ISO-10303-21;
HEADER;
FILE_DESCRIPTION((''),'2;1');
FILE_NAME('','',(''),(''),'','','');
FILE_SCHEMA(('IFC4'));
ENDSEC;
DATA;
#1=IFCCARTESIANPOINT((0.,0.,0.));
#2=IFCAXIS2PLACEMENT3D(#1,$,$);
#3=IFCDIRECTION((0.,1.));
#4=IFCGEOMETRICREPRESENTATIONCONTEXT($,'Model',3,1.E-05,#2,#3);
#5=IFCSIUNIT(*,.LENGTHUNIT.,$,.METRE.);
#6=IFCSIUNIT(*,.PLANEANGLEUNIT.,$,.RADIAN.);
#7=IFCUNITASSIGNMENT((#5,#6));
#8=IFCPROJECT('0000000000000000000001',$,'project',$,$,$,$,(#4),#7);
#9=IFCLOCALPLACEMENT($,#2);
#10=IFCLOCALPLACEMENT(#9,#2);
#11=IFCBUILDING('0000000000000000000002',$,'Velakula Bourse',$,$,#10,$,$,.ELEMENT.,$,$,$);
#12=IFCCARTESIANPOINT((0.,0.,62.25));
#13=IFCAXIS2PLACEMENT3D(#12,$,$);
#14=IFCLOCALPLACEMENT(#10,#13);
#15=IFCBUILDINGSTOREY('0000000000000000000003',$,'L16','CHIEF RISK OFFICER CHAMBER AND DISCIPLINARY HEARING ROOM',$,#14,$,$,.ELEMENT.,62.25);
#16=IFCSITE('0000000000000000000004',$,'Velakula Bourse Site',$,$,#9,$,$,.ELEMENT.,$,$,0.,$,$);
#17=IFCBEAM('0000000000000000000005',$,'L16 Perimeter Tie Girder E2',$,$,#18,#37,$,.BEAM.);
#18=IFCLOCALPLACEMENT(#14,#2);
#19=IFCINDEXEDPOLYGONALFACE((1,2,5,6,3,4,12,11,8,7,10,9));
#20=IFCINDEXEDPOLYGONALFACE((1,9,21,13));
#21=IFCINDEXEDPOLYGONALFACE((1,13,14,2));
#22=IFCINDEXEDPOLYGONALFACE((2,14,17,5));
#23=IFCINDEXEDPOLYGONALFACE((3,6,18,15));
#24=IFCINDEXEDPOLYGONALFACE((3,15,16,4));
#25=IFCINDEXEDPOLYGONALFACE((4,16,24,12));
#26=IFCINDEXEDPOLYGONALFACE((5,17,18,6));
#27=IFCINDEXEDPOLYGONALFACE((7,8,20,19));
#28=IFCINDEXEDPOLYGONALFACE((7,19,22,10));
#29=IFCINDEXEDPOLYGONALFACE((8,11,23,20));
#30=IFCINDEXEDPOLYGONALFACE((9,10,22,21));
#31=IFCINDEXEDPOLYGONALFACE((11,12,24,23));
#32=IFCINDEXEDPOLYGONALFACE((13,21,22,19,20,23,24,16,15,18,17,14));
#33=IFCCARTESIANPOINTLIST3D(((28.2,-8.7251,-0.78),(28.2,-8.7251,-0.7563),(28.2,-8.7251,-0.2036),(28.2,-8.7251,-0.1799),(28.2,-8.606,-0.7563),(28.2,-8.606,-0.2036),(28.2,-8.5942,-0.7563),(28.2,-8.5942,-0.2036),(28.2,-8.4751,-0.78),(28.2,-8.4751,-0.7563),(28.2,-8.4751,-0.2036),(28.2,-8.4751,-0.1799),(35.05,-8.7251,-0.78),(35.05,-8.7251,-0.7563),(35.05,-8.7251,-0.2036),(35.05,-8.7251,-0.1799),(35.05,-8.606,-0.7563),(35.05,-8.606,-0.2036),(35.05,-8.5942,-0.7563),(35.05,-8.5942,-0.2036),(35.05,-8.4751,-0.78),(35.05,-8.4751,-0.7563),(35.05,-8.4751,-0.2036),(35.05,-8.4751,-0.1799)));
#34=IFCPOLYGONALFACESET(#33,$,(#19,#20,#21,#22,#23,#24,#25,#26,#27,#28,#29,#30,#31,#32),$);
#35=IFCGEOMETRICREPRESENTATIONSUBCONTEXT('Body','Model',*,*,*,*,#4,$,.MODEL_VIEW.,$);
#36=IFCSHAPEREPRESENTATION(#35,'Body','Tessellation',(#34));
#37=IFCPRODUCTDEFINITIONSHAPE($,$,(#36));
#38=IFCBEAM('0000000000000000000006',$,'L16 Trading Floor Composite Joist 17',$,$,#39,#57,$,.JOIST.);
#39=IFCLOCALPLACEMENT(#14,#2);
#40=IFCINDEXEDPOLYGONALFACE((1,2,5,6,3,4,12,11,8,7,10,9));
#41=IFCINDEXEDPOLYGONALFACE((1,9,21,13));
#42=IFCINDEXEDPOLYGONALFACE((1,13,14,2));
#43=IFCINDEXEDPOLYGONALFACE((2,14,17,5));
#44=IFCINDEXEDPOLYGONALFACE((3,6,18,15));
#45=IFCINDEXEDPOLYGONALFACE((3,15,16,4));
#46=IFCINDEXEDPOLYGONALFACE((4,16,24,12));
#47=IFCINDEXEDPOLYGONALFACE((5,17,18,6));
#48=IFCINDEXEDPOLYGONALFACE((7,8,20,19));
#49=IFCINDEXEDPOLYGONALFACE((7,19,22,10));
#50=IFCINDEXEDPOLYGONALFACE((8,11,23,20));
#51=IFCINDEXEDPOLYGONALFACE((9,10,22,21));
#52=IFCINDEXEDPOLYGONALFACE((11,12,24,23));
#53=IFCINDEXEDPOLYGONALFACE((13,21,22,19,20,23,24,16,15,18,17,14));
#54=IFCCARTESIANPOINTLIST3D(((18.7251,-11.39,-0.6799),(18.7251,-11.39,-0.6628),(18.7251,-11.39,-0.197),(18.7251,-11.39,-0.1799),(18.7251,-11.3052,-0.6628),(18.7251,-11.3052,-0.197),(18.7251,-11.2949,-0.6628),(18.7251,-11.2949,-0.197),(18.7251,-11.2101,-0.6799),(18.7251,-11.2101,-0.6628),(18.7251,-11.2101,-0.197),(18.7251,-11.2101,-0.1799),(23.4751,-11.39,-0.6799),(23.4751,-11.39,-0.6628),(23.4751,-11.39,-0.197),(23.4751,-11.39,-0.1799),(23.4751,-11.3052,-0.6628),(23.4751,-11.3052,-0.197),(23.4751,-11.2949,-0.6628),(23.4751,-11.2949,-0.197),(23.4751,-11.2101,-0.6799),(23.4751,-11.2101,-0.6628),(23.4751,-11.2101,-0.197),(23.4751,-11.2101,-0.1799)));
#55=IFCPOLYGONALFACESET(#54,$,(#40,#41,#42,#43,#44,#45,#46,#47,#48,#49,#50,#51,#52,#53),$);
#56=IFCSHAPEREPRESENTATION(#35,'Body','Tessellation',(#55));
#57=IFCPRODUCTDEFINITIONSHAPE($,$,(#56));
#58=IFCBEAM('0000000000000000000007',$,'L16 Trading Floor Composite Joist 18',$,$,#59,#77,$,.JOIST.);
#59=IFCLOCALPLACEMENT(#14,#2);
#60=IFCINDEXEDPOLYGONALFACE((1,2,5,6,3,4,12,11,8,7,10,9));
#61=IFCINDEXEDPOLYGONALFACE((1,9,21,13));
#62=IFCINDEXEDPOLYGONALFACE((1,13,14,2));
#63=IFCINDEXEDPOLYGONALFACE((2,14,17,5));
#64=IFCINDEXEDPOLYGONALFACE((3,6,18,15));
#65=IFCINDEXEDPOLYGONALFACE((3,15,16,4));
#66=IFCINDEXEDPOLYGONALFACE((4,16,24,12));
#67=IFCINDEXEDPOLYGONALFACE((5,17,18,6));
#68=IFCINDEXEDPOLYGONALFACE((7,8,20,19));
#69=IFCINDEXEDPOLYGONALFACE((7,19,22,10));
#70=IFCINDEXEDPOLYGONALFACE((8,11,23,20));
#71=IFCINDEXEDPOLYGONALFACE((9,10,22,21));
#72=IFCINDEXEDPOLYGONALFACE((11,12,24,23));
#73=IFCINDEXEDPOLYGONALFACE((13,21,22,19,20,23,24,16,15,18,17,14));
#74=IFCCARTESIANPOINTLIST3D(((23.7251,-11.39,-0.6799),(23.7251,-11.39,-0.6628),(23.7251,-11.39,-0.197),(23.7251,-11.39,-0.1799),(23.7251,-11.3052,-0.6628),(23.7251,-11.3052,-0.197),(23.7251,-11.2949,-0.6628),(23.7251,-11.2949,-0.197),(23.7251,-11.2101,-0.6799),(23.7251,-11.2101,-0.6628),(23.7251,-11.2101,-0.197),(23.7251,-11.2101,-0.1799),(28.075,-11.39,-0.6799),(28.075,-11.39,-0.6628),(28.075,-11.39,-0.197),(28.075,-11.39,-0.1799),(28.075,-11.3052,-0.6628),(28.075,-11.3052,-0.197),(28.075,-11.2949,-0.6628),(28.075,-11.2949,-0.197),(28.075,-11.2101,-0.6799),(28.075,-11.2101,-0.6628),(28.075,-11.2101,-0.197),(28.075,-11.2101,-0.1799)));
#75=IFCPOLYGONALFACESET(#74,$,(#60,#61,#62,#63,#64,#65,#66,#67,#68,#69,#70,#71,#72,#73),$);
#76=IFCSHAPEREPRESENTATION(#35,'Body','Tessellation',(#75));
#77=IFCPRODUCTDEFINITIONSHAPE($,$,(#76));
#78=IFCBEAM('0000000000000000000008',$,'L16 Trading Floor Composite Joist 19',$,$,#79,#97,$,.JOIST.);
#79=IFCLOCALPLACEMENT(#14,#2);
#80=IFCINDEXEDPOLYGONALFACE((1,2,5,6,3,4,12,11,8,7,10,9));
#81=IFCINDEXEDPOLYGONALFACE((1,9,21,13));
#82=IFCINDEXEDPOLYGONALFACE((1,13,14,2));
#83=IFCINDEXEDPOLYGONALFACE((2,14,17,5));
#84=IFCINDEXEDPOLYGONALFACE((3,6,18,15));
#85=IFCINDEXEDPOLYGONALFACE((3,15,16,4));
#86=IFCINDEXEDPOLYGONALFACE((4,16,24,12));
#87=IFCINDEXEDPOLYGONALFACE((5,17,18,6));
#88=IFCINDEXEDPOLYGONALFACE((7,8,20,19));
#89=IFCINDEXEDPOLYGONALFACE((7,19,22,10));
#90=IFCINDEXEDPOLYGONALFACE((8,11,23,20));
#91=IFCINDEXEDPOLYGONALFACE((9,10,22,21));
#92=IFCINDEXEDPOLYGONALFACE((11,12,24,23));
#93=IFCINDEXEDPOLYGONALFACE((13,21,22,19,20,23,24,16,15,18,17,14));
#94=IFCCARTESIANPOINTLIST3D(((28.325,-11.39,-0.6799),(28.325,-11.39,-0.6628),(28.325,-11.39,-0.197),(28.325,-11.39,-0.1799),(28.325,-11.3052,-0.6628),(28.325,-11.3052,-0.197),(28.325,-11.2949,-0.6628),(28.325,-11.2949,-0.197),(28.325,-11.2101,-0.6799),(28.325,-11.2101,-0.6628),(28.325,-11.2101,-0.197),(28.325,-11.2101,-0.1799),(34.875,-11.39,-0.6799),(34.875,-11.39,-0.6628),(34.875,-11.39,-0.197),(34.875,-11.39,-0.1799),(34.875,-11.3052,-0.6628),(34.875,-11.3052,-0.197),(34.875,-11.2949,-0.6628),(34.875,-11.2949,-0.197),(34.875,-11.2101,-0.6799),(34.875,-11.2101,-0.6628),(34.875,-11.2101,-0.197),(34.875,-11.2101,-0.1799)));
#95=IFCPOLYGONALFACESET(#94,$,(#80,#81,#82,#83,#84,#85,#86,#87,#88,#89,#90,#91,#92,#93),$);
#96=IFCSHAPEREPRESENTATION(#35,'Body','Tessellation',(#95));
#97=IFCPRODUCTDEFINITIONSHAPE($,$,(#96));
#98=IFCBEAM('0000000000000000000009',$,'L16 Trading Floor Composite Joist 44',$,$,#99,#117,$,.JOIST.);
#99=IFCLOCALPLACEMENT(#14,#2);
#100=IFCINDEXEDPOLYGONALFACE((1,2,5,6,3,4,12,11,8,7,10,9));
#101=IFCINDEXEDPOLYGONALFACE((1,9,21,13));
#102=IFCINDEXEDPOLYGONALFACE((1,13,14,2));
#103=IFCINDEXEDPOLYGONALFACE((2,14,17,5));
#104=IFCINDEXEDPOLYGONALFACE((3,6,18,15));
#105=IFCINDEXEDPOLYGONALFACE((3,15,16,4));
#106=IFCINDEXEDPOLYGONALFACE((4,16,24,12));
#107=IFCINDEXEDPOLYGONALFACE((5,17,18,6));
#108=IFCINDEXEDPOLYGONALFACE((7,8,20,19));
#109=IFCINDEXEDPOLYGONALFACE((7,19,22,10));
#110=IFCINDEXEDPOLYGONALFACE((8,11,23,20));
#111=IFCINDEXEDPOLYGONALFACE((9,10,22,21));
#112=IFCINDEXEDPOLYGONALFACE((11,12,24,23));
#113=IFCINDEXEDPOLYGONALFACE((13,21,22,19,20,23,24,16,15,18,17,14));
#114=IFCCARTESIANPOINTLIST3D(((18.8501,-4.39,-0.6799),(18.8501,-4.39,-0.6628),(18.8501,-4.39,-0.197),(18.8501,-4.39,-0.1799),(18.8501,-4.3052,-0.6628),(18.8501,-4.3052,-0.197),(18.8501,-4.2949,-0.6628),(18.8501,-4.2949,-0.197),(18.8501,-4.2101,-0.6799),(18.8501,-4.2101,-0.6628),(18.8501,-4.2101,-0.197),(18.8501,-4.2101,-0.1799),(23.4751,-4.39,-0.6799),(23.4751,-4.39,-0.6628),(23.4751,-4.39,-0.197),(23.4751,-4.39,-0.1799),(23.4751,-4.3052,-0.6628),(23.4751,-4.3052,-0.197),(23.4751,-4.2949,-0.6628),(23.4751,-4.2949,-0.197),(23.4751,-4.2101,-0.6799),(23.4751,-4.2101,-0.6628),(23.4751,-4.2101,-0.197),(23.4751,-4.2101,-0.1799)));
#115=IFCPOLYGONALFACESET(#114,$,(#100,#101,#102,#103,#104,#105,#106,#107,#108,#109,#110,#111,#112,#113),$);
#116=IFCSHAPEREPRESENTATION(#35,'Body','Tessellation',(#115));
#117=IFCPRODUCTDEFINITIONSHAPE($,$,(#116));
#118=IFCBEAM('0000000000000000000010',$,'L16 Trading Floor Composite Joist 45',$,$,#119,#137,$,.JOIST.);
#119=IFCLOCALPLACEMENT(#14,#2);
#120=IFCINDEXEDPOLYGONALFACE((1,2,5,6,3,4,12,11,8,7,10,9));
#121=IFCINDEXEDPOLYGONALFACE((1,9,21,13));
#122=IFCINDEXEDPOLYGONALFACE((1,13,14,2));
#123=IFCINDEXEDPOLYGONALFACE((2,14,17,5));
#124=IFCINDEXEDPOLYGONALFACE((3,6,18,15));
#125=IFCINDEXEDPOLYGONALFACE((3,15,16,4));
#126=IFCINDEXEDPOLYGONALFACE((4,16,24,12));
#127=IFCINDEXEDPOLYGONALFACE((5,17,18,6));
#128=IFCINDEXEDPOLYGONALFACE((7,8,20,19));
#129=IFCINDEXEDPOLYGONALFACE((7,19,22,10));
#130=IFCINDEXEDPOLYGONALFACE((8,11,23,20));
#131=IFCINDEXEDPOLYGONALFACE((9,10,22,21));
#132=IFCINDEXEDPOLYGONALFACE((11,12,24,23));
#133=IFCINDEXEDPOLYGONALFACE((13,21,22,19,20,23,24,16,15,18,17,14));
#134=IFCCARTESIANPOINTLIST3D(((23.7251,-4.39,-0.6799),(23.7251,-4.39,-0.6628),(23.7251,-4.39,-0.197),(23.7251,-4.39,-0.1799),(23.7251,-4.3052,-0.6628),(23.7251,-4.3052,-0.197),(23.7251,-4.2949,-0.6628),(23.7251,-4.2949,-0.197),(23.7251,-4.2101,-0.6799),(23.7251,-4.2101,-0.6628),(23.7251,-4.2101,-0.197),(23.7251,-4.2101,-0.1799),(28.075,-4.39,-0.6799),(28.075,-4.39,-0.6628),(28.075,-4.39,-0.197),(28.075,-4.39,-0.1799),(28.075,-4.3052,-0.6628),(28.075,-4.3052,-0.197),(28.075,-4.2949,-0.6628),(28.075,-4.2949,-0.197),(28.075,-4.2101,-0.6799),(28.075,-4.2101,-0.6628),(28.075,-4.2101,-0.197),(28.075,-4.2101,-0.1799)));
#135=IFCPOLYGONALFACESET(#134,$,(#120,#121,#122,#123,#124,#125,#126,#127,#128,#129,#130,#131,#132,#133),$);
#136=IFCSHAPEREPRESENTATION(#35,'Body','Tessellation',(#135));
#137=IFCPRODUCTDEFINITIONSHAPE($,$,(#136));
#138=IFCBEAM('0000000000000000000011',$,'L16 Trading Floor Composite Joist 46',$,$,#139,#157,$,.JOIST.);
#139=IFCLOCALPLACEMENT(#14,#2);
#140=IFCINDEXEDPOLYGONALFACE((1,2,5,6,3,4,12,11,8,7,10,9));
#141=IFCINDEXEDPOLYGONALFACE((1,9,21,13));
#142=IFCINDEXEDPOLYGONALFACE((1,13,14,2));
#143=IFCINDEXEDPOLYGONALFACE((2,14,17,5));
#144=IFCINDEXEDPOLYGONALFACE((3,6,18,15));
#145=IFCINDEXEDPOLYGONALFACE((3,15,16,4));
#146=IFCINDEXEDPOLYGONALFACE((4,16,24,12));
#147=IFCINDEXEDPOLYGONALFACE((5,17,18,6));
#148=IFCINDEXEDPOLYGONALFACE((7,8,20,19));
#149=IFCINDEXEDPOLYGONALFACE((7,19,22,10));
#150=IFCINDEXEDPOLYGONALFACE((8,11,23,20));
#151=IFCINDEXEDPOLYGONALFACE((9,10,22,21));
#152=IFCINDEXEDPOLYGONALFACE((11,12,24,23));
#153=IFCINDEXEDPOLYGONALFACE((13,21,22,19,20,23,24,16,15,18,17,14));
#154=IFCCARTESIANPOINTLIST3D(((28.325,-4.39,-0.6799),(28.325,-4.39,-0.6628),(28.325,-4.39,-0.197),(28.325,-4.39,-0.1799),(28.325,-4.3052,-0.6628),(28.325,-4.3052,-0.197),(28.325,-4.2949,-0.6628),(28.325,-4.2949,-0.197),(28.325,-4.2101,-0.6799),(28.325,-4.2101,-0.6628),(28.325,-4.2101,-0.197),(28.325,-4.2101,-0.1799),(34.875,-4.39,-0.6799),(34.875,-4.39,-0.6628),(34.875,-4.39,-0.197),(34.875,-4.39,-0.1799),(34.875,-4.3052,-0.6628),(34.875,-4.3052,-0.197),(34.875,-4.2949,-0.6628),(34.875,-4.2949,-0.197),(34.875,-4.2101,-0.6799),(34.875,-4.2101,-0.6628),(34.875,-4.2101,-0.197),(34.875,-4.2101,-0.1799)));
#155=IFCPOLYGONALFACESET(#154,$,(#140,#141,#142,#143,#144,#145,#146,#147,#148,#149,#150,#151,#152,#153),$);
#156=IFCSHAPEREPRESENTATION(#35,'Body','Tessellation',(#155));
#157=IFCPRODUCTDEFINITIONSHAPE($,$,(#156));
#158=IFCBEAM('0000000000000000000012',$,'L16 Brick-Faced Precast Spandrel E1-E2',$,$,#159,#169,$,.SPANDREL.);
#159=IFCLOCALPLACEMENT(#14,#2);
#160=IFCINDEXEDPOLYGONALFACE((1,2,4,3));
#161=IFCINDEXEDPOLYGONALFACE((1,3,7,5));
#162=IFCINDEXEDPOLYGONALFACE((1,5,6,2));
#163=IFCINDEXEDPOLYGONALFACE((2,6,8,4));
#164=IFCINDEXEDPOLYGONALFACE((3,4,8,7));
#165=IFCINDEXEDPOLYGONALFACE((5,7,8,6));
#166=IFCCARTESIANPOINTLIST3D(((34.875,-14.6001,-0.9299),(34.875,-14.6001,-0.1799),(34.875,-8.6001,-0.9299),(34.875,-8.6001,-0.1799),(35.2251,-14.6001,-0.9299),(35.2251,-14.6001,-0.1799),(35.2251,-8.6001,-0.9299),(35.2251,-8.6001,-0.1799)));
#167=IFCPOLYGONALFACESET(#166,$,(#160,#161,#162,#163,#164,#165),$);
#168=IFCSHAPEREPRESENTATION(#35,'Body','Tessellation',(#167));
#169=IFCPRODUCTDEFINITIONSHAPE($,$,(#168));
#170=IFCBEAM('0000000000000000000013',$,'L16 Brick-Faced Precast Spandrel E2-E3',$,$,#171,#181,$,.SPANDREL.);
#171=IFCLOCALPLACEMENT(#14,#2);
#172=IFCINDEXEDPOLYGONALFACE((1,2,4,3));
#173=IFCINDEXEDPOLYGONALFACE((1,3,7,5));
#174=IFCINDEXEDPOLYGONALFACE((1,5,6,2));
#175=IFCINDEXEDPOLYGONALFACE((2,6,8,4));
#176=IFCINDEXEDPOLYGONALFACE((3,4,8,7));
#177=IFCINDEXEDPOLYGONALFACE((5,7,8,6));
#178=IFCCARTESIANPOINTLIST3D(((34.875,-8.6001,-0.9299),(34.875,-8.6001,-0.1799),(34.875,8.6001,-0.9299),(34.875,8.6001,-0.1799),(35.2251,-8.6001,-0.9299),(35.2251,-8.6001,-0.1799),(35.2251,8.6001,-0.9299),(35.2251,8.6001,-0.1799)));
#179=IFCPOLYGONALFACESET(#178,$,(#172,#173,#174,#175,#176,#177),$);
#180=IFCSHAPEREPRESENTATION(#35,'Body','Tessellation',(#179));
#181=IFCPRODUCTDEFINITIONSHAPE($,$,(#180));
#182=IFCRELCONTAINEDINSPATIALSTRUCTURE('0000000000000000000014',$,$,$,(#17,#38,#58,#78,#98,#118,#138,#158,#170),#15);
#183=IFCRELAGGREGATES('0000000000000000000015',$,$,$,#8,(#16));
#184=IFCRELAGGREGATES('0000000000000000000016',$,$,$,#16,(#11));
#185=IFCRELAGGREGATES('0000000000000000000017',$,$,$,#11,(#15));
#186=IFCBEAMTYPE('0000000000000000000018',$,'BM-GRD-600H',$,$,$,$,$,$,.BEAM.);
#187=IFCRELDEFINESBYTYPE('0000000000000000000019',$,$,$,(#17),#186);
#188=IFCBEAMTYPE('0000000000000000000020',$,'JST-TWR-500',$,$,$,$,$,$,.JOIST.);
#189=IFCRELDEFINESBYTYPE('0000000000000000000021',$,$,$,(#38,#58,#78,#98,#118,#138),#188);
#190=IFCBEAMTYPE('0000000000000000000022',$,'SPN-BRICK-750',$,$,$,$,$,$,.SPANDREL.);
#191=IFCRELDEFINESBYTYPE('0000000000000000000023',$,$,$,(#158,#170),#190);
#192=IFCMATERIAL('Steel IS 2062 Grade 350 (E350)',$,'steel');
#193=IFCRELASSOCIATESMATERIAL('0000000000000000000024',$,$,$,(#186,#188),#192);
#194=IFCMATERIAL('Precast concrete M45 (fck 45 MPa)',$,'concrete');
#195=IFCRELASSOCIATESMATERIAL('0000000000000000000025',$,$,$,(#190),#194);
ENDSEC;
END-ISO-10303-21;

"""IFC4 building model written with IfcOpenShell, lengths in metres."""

from ifc_helpers import new_model, si_unit, direction, frame, origin, origin_2d, place, context, subcontext, project, spatial, rectangle, i_section, extrude, material, material_profile, profile_set, type_object, element, save


model = new_model("IFC4")

# Units and contexts
model_context = context("Model", 3, precision=1e-05, world=origin(), true_north=direction((0.0, 1.0)))
body_context = subcontext(model_context, "Body", "Model", "MODEL_VIEW")
ifc_project = project(units=[si_unit("LENGTHUNIT", "METRE"), si_unit("PLANEANGLEUNIT", "RADIAN")], contexts=[model_context])

# Site, building, storey
site_placement = place(None, origin())
site = spatial("IfcSite", under=ifc_project, at=site_placement, Name="Velakula Bourse Site", CompositionType="ELEMENT", RefElevation=0.0)
building_placement = place(site_placement, origin())
building = spatial("IfcBuilding", under=site, at=building_placement, Name="Velakula Bourse", CompositionType="ELEMENT")
storey_placement = place(building_placement, frame((0.0, 0.0, 62.25)))
storey = spatial("IfcBuildingStorey", under=building, at=storey_placement, Name="L16", Description="CHIEF RISK OFFICER CHAMBER AND DISCIPLINARY HEARING ROOM", CompositionType="ELEMENT", Elevation=62.25)

# Beams
ifc_material_1 = material(Name="Steel IS 2062 Grade 350 (E350)", Category="steel")
ifc_material_profile_1 = material_profile(ifc_material_1, i_section(OverallWidth=0.25, OverallDepth=0.6001, WebThickness=0.0117, FlangeThickness=0.0237, at=origin_2d()), Name="Steel IS 2062 Grade 350 (E350)")
ifc_profile_set_1 = profile_set([ifc_material_profile_1], Name="Steel IS 2062 Grade 350 (E350)")
beam_type_1 = type_object("IfcBeamType", Name="BM-GRD-600H", PredefinedType="BEAM", material=ifc_profile_set_1)
beam_1_placement = place(storey_placement, frame((28.2, -8.6001, -0.48), z_axis=(1.0, 0.0, 0.0), x_axis=(0.0, 1.0, 0.0)))
element("IfcBeam", 1, at=beam_1_placement, inside=storey, type_object=beam_type_1, Name="L16 Perimeter Tie Girder E2", PredefinedType="BEAM", context=body_context, shape_type="SweptSolid", body=[
    extrude(i_section(OverallWidth=0.25, OverallDepth=0.6001, WebThickness=0.0117, FlangeThickness=0.0237, at=origin_2d()), origin(), (0.0, 0.0, 1.0), 6.8501),
])
ifc_material_profile_2 = material_profile(ifc_material_1, i_section(OverallWidth=0.1799, OverallDepth=0.5, WebThickness=0.0103, FlangeThickness=0.0171, at=origin_2d()), Name="Steel IS 2062 Grade 350 (E350)")
ifc_profile_set_2 = profile_set([ifc_material_profile_2], Name="Steel IS 2062 Grade 350 (E350)")
beam_type_2 = type_object("IfcBeamType", Name="JST-TWR-500", PredefinedType="JOIST", material=ifc_profile_set_2)
beam_2_placement = place(storey_placement, frame((18.7251, -11.3, -0.4299), z_axis=(1.0, 0.0, 0.0), x_axis=(0.0, 1.0, 0.0)))
element("IfcBeam", 2, at=beam_2_placement, inside=storey, type_object=beam_type_2, Name="L16 Trading Floor Composite Joist 17", PredefinedType="JOIST", context=body_context, shape_type="SweptSolid", body=[
    extrude(i_section(OverallWidth=0.1799, OverallDepth=0.5, WebThickness=0.0103, FlangeThickness=0.0171, at=origin_2d()), origin(), (0.0, 0.0, 1.0), 4.75),
])
beam_3_placement = place(storey_placement, frame((23.7251, -11.3, -0.4299), z_axis=(1.0, 0.0, 0.0), x_axis=(0.0, 1.0, 0.0)))
element("IfcBeam", 3, at=beam_3_placement, inside=storey, type_object=beam_type_2, Name="L16 Trading Floor Composite Joist 18", PredefinedType="JOIST", context=body_context, shape_type="SweptSolid", body=[
    extrude(i_section(OverallWidth=0.1799, OverallDepth=0.5, WebThickness=0.0103, FlangeThickness=0.0171, at=origin_2d()), origin(), (0.0, 0.0, 1.0), 4.3499),
])
beam_4_placement = place(storey_placement, frame((28.325, -11.3, -0.4299), z_axis=(1.0, 0.0, 0.0), x_axis=(0.0, 1.0, 0.0)))
element("IfcBeam", 4, at=beam_4_placement, inside=storey, type_object=beam_type_2, Name="L16 Trading Floor Composite Joist 19", PredefinedType="JOIST", context=body_context, shape_type="SweptSolid", body=[
    extrude(i_section(OverallWidth=0.1799, OverallDepth=0.5, WebThickness=0.0103, FlangeThickness=0.0171, at=origin_2d()), origin(), (0.0, 0.0, 1.0), 6.55),
])
beam_5_placement = place(storey_placement, frame((18.8501, -4.3, -0.4299), z_axis=(1.0, 0.0, 0.0), x_axis=(0.0, 1.0, 0.0)))
element("IfcBeam", 5, at=beam_5_placement, inside=storey, type_object=beam_type_2, Name="L16 Trading Floor Composite Joist 44", PredefinedType="JOIST", context=body_context, shape_type="SweptSolid", body=[
    extrude(i_section(OverallWidth=0.1799, OverallDepth=0.5, WebThickness=0.0103, FlangeThickness=0.0171, at=origin_2d()), origin(), (0.0, 0.0, 1.0), 4.625),
])
beam_6_placement = place(storey_placement, frame((23.7251, -4.3, -0.4299), z_axis=(1.0, 0.0, 0.0), x_axis=(0.0, 1.0, 0.0)))
element("IfcBeam", 6, at=beam_6_placement, inside=storey, type_object=beam_type_2, Name="L16 Trading Floor Composite Joist 45", PredefinedType="JOIST", context=body_context, shape_type="SweptSolid", body=[
    extrude(i_section(OverallWidth=0.1799, OverallDepth=0.5, WebThickness=0.0103, FlangeThickness=0.0171, at=origin_2d()), origin(), (0.0, 0.0, 1.0), 4.3499),
])
beam_7_placement = place(storey_placement, frame((28.325, -4.3, -0.4299), z_axis=(1.0, 0.0, 0.0), x_axis=(0.0, 1.0, 0.0)))
element("IfcBeam", 7, at=beam_7_placement, inside=storey, type_object=beam_type_2, Name="L16 Trading Floor Composite Joist 46", PredefinedType="JOIST", context=body_context, shape_type="SweptSolid", body=[
    extrude(i_section(OverallWidth=0.1799, OverallDepth=0.5, WebThickness=0.0103, FlangeThickness=0.0171, at=origin_2d()), origin(), (0.0, 0.0, 1.0), 6.55),
])
ifc_material_2 = material(Name="Precast concrete M45 (fck 45 MPa)", Category="concrete")
ifc_material_profile_3 = material_profile(ifc_material_2, rectangle(XDim=0.3501, YDim=0.75, at=origin_2d()), Name="Precast concrete M45 (fck 45 MPa)")
ifc_profile_set_3 = profile_set([ifc_material_profile_3], Name="Precast concrete M45 (fck 45 MPa)")
beam_type_3 = type_object("IfcBeamType", Name="SPN-BRICK-750", PredefinedType="SPANDREL", material=ifc_profile_set_3)
beam_8_placement = place(storey_placement, frame((35.05, -14.6001, -0.5549), z_axis=(0.0, 1.0, 0.0), x_axis=(-1.0, 0.0, 0.0)))
element("IfcBeam", 8, at=beam_8_placement, inside=storey, type_object=beam_type_3, Name="L16 Brick-Faced Precast Spandrel E1-E2", PredefinedType="SPANDREL", context=body_context, shape_type="SweptSolid", body=[
    extrude(rectangle(XDim=0.3501, YDim=0.75, at=origin_2d()), origin(), (0.0, 0.0, 1.0), 6.0),
])
beam_9_placement = place(storey_placement, frame((35.05, -8.6001, -0.5549), z_axis=(0.0, 1.0, 0.0), x_axis=(-1.0, 0.0, 0.0)))
element("IfcBeam", 9, at=beam_9_placement, inside=storey, type_object=beam_type_3, Name="L16 Brick-Faced Precast Spandrel E2-E3", PredefinedType="SPANDREL", context=body_context, shape_type="SweptSolid", body=[
    extrude(rectangle(XDim=0.3501, YDim=0.75, at=origin_2d()), origin(), (0.0, 0.0, 1.0), 17.2002),
])

save(model, "model.ifc")
